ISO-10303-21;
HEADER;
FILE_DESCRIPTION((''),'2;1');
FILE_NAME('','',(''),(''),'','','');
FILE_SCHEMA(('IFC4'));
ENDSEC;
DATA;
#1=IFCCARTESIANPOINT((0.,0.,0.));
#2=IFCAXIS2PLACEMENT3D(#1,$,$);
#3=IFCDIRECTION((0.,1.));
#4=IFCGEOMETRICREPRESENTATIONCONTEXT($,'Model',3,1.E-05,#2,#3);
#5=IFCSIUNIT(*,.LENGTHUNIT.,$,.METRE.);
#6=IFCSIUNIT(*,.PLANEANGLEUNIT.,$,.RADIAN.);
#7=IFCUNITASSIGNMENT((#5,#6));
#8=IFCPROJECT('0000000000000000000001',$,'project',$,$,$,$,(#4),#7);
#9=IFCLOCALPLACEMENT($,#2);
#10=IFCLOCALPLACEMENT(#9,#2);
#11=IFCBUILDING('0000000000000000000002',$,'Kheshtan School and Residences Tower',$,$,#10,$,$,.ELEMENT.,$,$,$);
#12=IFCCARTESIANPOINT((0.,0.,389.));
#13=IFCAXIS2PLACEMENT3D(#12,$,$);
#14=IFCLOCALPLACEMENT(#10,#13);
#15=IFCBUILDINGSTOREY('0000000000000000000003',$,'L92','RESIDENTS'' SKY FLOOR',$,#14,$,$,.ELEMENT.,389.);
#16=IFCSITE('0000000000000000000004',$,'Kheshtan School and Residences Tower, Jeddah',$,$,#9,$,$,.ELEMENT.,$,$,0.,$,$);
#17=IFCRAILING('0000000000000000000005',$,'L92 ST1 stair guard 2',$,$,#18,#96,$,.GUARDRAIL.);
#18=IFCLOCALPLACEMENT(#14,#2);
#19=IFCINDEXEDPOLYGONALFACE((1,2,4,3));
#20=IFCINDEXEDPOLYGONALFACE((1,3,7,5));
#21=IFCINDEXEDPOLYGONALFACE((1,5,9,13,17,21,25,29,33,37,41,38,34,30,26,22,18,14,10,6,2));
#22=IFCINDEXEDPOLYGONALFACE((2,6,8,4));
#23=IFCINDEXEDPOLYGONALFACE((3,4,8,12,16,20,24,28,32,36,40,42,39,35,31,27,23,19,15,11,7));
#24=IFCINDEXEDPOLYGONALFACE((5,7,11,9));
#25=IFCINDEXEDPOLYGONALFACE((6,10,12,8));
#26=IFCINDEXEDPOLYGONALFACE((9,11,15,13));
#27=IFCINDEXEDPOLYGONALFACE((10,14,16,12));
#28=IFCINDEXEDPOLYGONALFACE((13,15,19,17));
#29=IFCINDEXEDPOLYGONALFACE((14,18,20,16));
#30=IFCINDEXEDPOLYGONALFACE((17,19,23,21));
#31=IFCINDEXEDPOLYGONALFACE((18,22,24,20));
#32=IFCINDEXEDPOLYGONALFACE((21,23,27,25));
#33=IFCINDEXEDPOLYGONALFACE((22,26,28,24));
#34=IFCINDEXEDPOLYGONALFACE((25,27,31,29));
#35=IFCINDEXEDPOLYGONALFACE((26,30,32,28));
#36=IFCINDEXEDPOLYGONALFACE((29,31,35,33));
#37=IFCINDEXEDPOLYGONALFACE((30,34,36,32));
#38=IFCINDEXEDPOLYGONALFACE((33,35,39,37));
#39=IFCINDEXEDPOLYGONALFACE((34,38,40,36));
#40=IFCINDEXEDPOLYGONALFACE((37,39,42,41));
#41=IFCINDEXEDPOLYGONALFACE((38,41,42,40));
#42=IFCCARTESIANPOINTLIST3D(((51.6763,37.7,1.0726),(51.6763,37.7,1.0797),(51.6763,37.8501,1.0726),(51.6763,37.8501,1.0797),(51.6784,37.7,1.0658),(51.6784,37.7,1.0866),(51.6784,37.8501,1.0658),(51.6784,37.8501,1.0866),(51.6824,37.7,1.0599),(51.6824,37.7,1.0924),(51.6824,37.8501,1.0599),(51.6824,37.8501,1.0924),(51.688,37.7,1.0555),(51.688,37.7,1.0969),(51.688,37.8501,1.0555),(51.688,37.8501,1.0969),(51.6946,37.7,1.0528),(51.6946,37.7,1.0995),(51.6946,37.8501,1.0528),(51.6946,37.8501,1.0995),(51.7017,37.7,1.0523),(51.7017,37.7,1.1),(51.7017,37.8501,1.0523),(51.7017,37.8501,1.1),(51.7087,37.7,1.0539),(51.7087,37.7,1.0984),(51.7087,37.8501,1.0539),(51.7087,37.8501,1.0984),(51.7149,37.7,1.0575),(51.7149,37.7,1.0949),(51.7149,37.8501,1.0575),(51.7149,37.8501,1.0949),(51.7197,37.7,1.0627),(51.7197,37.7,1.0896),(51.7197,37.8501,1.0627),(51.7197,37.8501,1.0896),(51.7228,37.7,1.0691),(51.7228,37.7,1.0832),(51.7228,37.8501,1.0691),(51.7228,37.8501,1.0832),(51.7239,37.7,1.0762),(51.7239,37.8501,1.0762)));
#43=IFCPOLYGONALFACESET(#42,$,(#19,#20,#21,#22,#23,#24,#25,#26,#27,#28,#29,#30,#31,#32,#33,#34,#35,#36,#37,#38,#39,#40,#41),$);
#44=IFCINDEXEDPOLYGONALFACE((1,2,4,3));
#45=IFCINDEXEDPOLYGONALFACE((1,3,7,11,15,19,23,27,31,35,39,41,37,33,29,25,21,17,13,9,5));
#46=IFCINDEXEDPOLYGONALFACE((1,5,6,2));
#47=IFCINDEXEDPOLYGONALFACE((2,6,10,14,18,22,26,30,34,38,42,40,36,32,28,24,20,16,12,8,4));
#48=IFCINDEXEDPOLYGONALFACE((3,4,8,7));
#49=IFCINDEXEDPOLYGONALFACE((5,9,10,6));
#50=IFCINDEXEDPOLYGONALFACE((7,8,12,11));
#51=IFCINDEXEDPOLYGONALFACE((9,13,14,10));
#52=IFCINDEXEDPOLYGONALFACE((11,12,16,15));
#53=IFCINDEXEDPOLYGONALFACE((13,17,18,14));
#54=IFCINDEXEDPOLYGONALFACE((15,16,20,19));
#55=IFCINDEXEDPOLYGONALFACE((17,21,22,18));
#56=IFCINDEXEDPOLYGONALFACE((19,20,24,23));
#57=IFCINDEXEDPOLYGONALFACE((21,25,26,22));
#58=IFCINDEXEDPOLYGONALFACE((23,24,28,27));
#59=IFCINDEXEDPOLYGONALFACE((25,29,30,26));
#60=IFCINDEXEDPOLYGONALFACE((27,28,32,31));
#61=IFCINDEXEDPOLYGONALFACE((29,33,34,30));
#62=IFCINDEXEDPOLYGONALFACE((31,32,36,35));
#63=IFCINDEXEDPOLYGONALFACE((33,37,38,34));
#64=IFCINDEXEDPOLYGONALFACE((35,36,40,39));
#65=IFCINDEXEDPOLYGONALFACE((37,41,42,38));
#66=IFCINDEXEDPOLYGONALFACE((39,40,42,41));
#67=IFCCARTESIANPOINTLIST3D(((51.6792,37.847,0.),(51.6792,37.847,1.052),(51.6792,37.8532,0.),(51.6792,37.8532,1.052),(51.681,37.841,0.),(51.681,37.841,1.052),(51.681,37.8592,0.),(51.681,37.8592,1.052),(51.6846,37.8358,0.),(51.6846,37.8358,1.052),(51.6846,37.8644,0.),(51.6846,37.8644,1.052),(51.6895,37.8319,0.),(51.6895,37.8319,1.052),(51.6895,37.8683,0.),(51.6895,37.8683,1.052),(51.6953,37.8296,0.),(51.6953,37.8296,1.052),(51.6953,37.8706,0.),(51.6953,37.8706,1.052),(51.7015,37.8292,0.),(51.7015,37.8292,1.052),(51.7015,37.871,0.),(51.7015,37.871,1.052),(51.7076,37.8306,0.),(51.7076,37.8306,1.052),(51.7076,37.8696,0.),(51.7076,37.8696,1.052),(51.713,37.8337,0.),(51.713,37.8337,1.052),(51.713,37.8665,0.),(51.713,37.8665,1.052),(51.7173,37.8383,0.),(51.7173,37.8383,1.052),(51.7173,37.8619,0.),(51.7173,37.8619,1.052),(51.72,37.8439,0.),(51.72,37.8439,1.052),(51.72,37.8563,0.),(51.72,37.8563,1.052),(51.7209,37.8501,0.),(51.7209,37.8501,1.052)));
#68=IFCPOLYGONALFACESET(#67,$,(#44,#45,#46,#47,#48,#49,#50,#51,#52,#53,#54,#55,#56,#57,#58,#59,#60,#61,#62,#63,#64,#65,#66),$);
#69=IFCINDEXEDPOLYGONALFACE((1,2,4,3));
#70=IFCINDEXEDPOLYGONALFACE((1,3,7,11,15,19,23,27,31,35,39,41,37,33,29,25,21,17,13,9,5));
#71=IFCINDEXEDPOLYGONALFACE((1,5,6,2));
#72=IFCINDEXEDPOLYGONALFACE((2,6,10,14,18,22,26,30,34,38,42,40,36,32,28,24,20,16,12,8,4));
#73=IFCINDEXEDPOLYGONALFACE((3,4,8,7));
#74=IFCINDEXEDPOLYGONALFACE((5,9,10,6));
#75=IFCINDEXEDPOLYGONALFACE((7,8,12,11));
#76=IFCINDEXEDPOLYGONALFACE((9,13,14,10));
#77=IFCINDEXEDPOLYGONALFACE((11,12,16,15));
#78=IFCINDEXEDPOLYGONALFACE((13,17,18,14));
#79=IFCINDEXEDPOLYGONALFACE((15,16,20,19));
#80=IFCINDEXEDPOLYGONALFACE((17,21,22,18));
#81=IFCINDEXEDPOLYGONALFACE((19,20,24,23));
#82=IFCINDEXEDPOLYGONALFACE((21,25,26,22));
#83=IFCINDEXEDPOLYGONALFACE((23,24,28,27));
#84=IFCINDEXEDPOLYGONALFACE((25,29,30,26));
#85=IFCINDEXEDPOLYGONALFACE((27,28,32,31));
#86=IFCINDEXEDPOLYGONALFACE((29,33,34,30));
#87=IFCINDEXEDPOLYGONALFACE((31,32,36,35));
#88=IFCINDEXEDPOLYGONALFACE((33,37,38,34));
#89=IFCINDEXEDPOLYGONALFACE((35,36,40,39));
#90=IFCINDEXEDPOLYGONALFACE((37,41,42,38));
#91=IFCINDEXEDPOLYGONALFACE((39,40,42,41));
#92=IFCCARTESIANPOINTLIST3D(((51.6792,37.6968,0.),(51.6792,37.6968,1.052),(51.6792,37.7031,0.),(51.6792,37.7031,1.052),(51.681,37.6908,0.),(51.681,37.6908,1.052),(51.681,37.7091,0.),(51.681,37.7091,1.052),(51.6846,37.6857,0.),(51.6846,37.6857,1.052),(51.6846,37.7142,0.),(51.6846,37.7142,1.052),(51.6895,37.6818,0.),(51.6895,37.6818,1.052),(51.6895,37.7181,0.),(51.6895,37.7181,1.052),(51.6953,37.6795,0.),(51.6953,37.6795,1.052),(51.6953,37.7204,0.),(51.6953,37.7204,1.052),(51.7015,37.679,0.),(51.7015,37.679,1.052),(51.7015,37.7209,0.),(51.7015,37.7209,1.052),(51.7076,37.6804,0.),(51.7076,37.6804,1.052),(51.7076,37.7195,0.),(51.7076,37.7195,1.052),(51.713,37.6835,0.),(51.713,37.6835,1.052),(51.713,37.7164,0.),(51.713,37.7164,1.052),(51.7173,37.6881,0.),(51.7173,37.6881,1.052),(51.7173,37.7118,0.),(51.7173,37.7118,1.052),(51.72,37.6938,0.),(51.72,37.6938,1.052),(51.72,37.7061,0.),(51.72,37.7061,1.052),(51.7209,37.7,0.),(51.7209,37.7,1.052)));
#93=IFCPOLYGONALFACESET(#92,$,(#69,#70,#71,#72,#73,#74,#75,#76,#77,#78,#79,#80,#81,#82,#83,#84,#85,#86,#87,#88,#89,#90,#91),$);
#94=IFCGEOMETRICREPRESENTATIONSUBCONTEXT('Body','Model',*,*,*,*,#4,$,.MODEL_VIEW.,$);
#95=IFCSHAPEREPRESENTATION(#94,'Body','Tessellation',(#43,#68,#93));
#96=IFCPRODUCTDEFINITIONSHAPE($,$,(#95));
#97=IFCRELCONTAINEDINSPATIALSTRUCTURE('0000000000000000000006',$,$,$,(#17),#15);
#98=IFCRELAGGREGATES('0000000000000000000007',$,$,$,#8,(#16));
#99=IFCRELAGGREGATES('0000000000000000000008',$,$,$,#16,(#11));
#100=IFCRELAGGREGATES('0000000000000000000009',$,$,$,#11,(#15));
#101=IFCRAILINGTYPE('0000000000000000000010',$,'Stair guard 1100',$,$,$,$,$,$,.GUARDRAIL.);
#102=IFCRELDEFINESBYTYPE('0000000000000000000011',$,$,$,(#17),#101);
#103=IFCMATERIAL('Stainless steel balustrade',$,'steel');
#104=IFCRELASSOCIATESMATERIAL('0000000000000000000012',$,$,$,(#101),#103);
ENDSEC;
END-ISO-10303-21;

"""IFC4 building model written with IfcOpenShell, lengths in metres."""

from ifc_helpers import new_model, si_unit, direction, frame, origin, origin_2d, place, context, subcontext, project, spatial, circle, extrude, material, type_object, element, save


model = new_model("IFC4")

# Units and contexts
model_context = context("Model", 3, precision=1e-05, world=origin(), true_north=direction((0.0, 1.0)))
body_context = subcontext(model_context, "Body", "Model", "MODEL_VIEW")
ifc_project = project(units=[si_unit("LENGTHUNIT", "METRE"), si_unit("PLANEANGLEUNIT", "RADIAN")], contexts=[model_context])

# Site, building, storey
site_placement = place(None, origin())
site = spatial("IfcSite", under=ifc_project, at=site_placement, Name="Kheshtan School and Residences Tower, Jeddah", CompositionType="ELEMENT", RefElevation=0.0)
building_placement = place(site_placement, origin())
building = spatial("IfcBuilding", under=site, at=building_placement, Name="Kheshtan School and Residences Tower", CompositionType="ELEMENT")
storey_placement = place(building_placement, frame((0.0, 0.0, 389.0)))
storey = spatial("IfcBuildingStorey", under=building, at=storey_placement, Name="L92", Description="RESIDENTS' SKY FLOOR", CompositionType="ELEMENT", Elevation=389.0)

# Railing
ifc_material_1 = material(Name="Stainless steel balustrade", Category="steel")
railing_type_1 = type_object("IfcRailingType", Name="Stair guard 1100", PredefinedType="GUARDRAIL", material=ifc_material_1)
railing_1_placement = place(storey_placement, frame((51.7, 37.8501, 0.0)))
element("IfcRailing", 1, at=railing_1_placement, inside=storey, type_object=railing_type_1, Name="L92 ST1 stair guard 2", PredefinedType="GUARDRAIL", context=body_context, shape_type="SweptSolid", body=[
    extrude(circle(Radius=0.0239, at=origin_2d()), frame((0.0, 0.0, 1.0762), z_axis=(0.0, -1.0, 0.0), x_axis=(1.0, 0.0, 0.0)), (0.0, 0.0, 1.0), 0.1501),
    extrude(circle(Radius=0.021, at=origin_2d()), origin(), (0.0, 0.0, 1.0), 1.052),
    extrude(circle(Radius=0.021, at=origin_2d()), frame((0.0, -0.1501, 0.0)), (0.0, 0.0, 1.0), 1.052),
])

save(model, "model.ifc")
